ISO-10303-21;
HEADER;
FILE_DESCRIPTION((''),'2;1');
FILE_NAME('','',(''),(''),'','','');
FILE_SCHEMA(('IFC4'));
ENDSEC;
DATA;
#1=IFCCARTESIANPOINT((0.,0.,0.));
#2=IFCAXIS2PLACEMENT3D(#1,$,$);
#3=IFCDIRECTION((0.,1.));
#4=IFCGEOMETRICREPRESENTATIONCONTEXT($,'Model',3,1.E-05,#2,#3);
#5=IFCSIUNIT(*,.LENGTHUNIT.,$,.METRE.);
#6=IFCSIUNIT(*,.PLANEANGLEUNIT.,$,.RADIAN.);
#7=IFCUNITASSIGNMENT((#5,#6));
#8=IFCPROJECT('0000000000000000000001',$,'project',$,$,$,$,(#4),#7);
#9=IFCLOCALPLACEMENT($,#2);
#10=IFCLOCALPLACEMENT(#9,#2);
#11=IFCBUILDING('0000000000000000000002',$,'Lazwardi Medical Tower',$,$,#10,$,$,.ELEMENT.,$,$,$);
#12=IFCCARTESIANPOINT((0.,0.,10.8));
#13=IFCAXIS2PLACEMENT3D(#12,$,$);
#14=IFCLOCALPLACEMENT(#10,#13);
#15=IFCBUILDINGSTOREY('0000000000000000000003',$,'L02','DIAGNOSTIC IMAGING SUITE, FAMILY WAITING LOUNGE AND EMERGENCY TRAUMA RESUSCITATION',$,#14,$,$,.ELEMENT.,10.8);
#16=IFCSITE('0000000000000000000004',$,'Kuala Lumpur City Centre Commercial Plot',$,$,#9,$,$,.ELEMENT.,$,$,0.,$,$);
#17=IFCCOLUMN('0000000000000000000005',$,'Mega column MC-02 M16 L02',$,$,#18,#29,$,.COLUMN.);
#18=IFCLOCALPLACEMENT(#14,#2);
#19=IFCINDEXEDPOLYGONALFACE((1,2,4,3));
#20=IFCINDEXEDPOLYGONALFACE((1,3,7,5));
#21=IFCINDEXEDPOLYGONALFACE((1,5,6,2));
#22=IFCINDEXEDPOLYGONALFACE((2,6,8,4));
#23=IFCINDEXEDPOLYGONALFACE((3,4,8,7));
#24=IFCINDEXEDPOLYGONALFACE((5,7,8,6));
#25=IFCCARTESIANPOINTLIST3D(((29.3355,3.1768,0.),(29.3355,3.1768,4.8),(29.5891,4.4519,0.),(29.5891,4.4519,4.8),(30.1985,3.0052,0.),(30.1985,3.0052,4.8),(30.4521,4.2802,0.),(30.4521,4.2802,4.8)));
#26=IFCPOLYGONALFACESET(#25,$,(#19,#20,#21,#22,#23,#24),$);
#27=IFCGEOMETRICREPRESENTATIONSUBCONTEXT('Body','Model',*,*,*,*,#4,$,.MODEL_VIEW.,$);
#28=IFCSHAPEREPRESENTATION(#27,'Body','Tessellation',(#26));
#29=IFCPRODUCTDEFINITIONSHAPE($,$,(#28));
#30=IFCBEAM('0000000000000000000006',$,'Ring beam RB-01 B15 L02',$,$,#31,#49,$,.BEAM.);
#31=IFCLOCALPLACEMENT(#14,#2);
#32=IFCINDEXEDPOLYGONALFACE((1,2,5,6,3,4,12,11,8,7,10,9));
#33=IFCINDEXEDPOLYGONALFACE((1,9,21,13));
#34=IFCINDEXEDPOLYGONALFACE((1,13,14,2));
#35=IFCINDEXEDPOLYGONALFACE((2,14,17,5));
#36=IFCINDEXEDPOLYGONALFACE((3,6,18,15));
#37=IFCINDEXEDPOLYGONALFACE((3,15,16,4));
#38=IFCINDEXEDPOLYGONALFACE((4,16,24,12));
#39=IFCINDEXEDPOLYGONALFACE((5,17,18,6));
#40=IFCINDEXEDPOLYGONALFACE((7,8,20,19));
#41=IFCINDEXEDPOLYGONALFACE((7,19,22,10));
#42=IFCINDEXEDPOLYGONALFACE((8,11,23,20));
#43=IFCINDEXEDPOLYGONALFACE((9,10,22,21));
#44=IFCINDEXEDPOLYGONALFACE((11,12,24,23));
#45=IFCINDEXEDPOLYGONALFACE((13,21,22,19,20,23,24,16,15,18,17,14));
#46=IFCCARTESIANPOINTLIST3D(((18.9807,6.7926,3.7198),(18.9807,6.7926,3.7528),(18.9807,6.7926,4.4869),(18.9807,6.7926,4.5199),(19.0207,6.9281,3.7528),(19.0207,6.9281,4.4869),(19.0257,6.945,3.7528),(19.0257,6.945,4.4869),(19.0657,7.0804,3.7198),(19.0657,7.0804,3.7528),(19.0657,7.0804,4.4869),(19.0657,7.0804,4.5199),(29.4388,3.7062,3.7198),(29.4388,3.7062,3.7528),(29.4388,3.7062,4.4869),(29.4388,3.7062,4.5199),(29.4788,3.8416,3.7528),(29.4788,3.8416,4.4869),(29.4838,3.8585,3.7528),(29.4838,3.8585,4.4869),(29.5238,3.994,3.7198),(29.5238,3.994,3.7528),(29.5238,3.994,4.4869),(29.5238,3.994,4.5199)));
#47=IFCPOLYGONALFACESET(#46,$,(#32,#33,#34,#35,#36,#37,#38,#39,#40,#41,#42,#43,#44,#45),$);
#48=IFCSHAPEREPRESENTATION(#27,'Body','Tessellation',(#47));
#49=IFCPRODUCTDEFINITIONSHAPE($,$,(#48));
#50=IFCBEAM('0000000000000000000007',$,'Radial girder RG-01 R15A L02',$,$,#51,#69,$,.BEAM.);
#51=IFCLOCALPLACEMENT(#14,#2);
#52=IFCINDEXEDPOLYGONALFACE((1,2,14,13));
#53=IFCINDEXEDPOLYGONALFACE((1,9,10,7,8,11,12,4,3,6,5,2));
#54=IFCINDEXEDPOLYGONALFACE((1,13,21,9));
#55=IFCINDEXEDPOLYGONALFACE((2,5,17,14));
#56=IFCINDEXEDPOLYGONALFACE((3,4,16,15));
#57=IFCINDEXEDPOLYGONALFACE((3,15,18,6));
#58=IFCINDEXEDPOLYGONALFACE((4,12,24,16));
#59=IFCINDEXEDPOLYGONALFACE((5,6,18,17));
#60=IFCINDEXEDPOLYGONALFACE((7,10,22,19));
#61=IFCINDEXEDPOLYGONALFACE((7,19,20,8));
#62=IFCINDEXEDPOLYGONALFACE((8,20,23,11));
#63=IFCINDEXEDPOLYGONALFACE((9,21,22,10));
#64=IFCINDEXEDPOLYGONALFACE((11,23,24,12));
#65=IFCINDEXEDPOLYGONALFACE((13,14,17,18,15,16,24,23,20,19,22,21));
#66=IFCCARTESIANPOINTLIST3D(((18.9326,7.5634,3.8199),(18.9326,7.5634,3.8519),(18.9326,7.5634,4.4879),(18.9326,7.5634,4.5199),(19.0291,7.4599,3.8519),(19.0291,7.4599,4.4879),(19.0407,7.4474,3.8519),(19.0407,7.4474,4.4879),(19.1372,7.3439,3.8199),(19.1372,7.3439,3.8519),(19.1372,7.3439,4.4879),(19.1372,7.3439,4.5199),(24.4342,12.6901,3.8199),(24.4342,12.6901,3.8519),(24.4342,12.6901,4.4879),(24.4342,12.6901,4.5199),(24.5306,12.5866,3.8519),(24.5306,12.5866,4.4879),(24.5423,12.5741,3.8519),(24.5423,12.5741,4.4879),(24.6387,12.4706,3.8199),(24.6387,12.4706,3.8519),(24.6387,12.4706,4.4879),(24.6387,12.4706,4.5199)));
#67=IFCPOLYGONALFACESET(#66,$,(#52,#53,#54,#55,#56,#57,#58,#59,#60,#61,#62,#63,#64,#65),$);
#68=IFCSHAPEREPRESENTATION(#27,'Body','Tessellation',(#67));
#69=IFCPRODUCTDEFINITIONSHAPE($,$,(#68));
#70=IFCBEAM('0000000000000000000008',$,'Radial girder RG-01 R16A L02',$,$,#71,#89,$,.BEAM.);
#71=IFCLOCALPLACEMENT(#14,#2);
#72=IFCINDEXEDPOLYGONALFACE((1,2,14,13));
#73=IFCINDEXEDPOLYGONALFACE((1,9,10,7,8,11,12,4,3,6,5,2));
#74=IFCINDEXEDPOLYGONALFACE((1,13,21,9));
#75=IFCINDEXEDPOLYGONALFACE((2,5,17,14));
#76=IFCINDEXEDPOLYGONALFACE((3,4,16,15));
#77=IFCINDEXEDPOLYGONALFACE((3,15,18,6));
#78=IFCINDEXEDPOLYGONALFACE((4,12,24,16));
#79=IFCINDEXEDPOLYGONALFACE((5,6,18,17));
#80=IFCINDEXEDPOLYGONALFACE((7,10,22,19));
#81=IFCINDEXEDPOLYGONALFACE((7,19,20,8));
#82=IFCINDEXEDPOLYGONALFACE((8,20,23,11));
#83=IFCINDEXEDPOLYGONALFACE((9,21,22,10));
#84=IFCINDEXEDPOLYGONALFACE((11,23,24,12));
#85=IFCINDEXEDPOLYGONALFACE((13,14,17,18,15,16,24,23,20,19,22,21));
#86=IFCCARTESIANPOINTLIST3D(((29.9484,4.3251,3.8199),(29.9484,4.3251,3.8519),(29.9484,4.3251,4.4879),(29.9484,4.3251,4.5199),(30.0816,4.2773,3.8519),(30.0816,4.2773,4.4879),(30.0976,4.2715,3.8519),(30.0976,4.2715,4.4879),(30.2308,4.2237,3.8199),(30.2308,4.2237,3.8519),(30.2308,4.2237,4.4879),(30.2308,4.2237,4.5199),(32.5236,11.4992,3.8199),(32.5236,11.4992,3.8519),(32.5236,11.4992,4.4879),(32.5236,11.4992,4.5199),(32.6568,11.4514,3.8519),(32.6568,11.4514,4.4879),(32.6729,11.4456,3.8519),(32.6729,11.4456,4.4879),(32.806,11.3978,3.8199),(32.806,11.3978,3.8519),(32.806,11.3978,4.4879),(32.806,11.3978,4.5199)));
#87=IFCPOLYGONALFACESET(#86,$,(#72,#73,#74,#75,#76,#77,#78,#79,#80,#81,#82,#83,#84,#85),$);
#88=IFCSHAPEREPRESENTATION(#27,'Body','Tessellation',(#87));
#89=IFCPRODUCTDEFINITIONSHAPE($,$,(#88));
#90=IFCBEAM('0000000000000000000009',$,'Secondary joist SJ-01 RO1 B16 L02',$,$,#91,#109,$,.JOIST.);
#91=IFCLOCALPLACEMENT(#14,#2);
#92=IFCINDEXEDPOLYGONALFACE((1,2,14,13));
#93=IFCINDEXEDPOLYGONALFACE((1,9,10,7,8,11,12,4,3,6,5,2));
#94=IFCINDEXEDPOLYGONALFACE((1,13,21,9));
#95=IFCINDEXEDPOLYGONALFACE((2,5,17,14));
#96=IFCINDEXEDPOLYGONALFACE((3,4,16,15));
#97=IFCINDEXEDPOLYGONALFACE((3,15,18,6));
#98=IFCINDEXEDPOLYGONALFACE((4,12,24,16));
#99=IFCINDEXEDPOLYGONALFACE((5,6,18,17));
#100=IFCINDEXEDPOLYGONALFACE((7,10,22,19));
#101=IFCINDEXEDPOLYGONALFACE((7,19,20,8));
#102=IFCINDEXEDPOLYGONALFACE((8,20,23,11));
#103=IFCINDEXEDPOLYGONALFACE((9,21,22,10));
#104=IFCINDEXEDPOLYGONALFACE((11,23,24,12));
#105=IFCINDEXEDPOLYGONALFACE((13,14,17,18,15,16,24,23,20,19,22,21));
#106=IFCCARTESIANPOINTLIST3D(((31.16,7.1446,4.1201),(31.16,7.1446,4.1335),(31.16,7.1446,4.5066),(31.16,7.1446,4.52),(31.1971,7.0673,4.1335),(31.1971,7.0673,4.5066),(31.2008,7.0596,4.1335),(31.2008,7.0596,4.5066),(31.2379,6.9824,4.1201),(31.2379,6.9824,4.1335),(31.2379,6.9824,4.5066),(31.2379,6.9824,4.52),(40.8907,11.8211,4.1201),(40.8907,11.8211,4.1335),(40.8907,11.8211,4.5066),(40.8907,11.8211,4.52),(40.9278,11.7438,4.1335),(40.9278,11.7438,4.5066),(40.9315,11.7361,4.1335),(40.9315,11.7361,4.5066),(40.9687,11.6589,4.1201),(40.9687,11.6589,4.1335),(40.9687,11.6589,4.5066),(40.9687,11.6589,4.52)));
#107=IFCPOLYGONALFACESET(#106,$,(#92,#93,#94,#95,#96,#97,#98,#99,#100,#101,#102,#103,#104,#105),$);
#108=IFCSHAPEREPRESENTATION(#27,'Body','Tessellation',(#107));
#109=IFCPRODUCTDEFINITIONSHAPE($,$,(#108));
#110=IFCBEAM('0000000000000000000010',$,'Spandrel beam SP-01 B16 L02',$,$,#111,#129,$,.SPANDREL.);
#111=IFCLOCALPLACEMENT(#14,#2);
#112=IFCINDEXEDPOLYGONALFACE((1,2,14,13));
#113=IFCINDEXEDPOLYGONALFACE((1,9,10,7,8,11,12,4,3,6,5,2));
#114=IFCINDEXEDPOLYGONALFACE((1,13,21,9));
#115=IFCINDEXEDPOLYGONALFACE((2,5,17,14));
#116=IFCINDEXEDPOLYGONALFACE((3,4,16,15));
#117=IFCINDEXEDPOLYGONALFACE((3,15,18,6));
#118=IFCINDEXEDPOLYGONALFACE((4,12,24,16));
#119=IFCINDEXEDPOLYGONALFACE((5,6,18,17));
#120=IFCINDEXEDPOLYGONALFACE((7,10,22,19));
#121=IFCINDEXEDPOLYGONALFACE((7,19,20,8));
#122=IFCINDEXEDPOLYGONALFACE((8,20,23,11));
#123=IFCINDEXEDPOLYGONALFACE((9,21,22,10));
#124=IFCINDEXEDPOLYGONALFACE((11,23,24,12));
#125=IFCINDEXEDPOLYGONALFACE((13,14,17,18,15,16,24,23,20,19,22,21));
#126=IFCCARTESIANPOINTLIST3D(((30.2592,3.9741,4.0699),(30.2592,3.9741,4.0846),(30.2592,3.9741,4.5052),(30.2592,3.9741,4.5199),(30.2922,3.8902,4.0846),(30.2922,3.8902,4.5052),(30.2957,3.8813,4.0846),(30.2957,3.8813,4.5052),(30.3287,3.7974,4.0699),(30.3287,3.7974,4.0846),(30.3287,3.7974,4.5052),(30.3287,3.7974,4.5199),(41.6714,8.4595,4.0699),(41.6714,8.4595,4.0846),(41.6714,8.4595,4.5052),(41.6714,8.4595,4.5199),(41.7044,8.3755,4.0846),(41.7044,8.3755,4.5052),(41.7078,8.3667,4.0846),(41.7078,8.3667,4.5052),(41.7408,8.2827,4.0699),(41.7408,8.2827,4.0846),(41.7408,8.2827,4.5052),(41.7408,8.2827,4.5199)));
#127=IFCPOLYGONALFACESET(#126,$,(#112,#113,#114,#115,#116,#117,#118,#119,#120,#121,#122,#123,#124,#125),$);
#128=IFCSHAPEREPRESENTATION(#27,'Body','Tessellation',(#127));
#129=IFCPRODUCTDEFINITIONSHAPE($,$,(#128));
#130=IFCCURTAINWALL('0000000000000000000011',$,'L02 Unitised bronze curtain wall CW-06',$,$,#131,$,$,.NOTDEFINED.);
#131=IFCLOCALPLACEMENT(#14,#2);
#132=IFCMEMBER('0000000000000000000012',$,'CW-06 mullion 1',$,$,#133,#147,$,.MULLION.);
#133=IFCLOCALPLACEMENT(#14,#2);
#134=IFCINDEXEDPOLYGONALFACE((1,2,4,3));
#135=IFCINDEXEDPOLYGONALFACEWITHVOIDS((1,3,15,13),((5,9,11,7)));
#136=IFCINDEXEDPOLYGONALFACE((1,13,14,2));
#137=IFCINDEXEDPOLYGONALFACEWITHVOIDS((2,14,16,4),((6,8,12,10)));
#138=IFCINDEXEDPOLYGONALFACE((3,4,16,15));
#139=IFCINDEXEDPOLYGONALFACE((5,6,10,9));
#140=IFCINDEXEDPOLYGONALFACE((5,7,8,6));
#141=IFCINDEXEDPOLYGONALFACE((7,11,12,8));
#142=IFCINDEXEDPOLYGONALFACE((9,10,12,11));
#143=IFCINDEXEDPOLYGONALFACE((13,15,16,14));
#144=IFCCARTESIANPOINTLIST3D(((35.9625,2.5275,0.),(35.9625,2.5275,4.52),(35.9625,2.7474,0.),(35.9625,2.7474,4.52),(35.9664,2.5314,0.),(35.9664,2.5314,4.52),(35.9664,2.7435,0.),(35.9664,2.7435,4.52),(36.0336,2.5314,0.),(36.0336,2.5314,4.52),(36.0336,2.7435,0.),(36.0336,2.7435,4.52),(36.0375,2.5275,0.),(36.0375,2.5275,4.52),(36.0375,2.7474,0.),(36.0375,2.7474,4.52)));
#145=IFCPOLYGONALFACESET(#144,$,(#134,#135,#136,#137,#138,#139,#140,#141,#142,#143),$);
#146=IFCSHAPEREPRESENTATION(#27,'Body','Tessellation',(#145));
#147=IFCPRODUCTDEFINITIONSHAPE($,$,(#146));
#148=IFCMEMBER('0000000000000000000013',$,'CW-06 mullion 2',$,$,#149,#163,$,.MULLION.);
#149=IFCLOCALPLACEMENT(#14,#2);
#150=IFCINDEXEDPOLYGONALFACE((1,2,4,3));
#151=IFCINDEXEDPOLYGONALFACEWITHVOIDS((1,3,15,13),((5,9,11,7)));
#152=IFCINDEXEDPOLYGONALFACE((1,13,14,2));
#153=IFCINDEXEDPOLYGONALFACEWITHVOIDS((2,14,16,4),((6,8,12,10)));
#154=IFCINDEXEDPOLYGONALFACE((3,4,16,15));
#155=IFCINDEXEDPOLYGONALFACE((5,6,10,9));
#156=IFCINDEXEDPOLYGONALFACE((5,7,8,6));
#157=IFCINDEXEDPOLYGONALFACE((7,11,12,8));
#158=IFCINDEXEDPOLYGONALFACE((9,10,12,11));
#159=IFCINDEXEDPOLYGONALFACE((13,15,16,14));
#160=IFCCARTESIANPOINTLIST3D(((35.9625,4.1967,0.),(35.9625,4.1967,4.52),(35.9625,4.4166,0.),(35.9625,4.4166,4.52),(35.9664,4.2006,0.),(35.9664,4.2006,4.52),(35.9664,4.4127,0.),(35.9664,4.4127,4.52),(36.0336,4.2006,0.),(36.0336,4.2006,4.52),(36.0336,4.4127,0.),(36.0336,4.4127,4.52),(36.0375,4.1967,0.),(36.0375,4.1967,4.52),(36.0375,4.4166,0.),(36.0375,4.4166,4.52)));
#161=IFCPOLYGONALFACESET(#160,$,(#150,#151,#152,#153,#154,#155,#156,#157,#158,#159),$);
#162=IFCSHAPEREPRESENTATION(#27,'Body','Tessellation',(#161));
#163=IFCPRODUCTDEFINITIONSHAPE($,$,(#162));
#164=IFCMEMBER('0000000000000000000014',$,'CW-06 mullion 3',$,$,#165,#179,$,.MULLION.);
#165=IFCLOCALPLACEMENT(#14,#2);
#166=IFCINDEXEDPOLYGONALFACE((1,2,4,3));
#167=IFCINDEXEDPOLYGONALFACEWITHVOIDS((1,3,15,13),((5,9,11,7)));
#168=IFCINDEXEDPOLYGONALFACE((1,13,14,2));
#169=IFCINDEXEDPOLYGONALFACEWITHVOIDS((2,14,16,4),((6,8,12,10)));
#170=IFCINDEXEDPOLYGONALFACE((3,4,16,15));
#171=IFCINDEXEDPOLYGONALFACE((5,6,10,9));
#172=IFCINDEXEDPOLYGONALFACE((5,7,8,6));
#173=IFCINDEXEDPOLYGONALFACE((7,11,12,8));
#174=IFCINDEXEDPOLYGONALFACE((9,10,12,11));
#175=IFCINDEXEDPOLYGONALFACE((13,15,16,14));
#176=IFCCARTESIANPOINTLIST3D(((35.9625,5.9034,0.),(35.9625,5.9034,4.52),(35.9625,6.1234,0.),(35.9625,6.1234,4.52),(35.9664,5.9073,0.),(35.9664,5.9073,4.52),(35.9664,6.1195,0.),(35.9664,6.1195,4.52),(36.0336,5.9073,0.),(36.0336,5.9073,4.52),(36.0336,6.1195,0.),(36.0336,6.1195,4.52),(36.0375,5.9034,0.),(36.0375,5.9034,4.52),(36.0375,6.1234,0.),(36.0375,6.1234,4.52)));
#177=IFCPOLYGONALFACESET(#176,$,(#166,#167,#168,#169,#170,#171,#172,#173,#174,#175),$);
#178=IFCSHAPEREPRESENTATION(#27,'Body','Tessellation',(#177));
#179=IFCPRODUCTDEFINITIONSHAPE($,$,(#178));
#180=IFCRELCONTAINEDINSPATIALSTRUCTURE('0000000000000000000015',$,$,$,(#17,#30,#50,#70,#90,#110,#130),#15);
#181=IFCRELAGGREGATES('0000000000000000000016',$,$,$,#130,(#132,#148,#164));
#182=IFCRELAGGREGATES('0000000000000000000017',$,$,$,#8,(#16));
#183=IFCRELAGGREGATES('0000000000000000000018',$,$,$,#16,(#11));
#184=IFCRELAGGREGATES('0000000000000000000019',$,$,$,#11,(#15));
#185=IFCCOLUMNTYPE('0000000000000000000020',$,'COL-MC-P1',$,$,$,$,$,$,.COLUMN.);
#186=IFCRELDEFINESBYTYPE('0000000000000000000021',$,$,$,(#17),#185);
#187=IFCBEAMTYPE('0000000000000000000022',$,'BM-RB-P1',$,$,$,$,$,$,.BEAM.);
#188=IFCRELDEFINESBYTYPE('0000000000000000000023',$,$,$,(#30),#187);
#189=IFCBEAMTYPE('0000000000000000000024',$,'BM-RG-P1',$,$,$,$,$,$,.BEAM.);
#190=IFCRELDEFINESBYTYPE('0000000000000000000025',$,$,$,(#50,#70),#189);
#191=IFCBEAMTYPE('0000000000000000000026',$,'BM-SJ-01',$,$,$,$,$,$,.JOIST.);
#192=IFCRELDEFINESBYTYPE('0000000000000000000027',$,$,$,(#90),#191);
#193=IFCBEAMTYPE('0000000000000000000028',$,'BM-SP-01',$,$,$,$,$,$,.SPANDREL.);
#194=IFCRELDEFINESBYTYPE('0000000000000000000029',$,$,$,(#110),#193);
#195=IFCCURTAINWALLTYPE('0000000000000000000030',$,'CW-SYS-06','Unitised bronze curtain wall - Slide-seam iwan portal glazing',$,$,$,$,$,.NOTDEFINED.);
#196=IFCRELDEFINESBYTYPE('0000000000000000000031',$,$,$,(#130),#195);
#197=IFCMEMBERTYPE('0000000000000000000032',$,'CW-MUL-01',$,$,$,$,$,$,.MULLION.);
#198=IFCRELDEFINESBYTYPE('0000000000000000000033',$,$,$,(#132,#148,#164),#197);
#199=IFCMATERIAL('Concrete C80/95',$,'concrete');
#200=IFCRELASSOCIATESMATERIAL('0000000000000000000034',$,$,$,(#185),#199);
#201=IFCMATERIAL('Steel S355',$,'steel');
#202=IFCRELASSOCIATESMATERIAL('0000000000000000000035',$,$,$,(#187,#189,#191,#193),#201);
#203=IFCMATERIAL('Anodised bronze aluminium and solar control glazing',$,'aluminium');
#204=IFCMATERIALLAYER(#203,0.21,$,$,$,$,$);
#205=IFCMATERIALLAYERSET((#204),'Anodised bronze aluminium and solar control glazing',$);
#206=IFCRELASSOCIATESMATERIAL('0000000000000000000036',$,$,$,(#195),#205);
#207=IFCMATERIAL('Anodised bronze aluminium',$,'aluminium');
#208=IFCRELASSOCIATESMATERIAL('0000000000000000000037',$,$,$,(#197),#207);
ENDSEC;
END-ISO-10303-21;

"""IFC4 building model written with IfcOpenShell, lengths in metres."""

from ifc_helpers import new_model, si_unit, direction, frame, origin, origin_2d, place, context, subcontext, project, spatial, rectangle, hollow_rectangle, i_section, extrude, material, layer, layer_set, material_profile, profile_set, type_object, element, aggregate, save


model = new_model("IFC4")

# Units and contexts
model_context = context("Model", 3, precision=1e-05, world=origin(), true_north=direction((0.0, 1.0)))
body_context = subcontext(model_context, "Body", "Model", "MODEL_VIEW")
ifc_project = project(units=[si_unit("LENGTHUNIT", "METRE"), si_unit("PLANEANGLEUNIT", "RADIAN")], contexts=[model_context])

# Site, building, storey
site_placement = place(None, origin())
site = spatial("IfcSite", under=ifc_project, at=site_placement, Name="Kuala Lumpur City Centre Commercial Plot", CompositionType="ELEMENT", RefElevation=0.0)
building_placement = place(site_placement, origin())
building = spatial("IfcBuilding", under=site, at=building_placement, Name="Lazwardi Medical Tower", CompositionType="ELEMENT")
storey_placement = place(building_placement, frame((0.0, 0.0, 10.8)))
storey = spatial("IfcBuildingStorey", under=building, at=storey_placement, Name="L02", Description="DIAGNOSTIC IMAGING SUITE, FAMILY WAITING LOUNGE AND EMERGENCY TRAUMA RESUSCITATION", CompositionType="ELEMENT", Elevation=10.8)

# Column
ifc_material_1 = material(Name="Concrete C80/95", Category="concrete")
ifc_material_profile_1 = material_profile(ifc_material_1, rectangle(XDim=1.3, YDim=0.8799, at=origin_2d()), Name="CFT-RECT 1300x880")
ifc_profile_set_1 = profile_set([ifc_material_profile_1], Name="Concrete C80/95")
column_type = type_object("IfcColumnType", Name="COL-MC-P1", PredefinedType="COLUMN", material=ifc_profile_set_1)
column_placement = place(storey_placement, frame((29.8938, 3.7285, 0.0), z_axis=(0.0, 0.0, 1.0), x_axis=(-0.19509, -0.980785, 0.0)))
element("IfcColumn", 1, at=column_placement, inside=storey, type_object=column_type, Name="Mega column MC-02 M16 L02", PredefinedType="COLUMN", context=body_context, shape_type="SweptSolid", body=[
    extrude(rectangle(XDim=1.3, YDim=0.8799, at=origin_2d()), origin(), (0.0, 0.0, 1.0), 4.8),
])

# Beams
ifc_material_2 = material(Name="Steel S355", Category="steel")
ifc_material_profile_2 = material_profile(ifc_material_2, i_section(OverallWidth=0.3, OverallDepth=0.8, WebThickness=0.0176, FlangeThickness=0.033, at=origin_2d()), Name="HEB 800")
ifc_profile_set_2 = profile_set([ifc_material_profile_2], Name="Steel S355")
beam_type_1 = type_object("IfcBeamType", Name="BM-RB-P1", PredefinedType="BEAM", material=ifc_profile_set_2)
beam_1_placement = place(storey_placement, frame((19.0232, 6.9365, 4.1199), z_axis=(0.959103, -0.283056, 0.0), x_axis=(0.283056, 0.959103, 0.0)))
element("IfcBeam", 2, at=beam_1_placement, inside=storey, type_object=beam_type_1, Name="Ring beam RB-01 B15 L02", PredefinedType="BEAM", context=body_context, shape_type="SweptSolid", body=[
    extrude(i_section(OverallWidth=0.3, OverallDepth=0.8, WebThickness=0.0176, FlangeThickness=0.033, at=origin_2d()), origin(), (0.0, 0.0, 1.0), 10.9041),
])
ifc_material_profile_3 = material_profile(ifc_material_2, i_section(OverallWidth=0.3, OverallDepth=0.7, WebThickness=0.0171, FlangeThickness=0.032, at=origin_2d()), Name="HEB 700")
ifc_profile_set_3 = profile_set([ifc_material_profile_3], Name="Steel S355")
beam_type_2 = type_object("IfcBeamType", Name="BM-RG-P1", PredefinedType="BEAM", material=ifc_profile_set_3)
beam_2_placement = place(storey_placement, frame((19.0349, 7.4536, 4.1699), z_axis=(0.731585, 0.68175, 0.0), x_axis=(-0.68175, 0.731585, 0.0)))
element("IfcBeam", 3, at=beam_2_placement, inside=storey, type_object=beam_type_2, Name="Radial girder RG-01 R15A L02", PredefinedType="BEAM", context=body_context, shape_type="SweptSolid", body=[
    extrude(i_section(OverallWidth=0.3, OverallDepth=0.7, WebThickness=0.0171, FlangeThickness=0.032, at=origin_2d()), origin(), (0.0, 0.0, 1.0), 7.52),
])
beam_3_placement = place(storey_placement, frame((30.0896, 4.2744, 4.1699), z_axis=(0.337852, 0.941199, 0.0), x_axis=(-0.941199, 0.337852, 0.0)))
element("IfcBeam", 4, at=beam_3_placement, inside=storey, type_object=beam_type_2, Name="Radial girder RG-01 R16A L02", PredefinedType="BEAM", context=body_context, shape_type="SweptSolid", body=[
    extrude(i_section(OverallWidth=0.3, OverallDepth=0.7, WebThickness=0.0171, FlangeThickness=0.032, at=origin_2d()), origin(), (0.0, 0.0, 1.0), 7.6223),
])
ifc_material_profile_4 = material_profile(ifc_material_2, i_section(OverallWidth=0.1799, OverallDepth=0.3999, WebThickness=0.0085, FlangeThickness=0.0134, at=origin_2d()), Name="IPE 400")
ifc_profile_set_4 = profile_set([ifc_material_profile_4], Name="Steel S355")
beam_type_3 = type_object("IfcBeamType", Name="BM-SJ-01", PredefinedType="JOIST", material=ifc_profile_set_4)
beam_4_placement = place(storey_placement, frame((31.199, 7.0635, 4.3201), z_axis=(0.901314, 0.433166, 0.0), x_axis=(-0.433166, 0.901314, 0.0)))
element("IfcBeam", 5, at=beam_4_placement, inside=storey, type_object=beam_type_3, Name="Secondary joist SJ-01 RO1 B16 L02", PredefinedType="JOIST", context=body_context, shape_type="SweptSolid", body=[
    extrude(i_section(OverallWidth=0.1799, OverallDepth=0.3999, WebThickness=0.0085, FlangeThickness=0.0134, at=origin_2d()), origin(), (0.0, 0.0, 1.0), 10.7961),
])
ifc_material_profile_5 = material_profile(ifc_material_2, i_section(OverallWidth=0.1899, OverallDepth=0.45, WebThickness=0.0095, FlangeThickness=0.0146, at=origin_2d()), Name="IPE 450")
ifc_profile_set_5 = profile_set([ifc_material_profile_5], Name="Steel S355")
beam_type_4 = type_object("IfcBeamType", Name="BM-SP-01", PredefinedType="SPANDREL", material=ifc_profile_set_5)
beam_5_placement = place(storey_placement, frame((30.2939, 3.8857, 4.2949), z_axis=(0.930695, 0.365795, 0.0), x_axis=(-0.365795, 0.930695, 0.0)))
element("IfcBeam", 6, at=beam_5_placement, inside=storey, type_object=beam_type_4, Name="Spandrel beam SP-01 B16 L02", PredefinedType="SPANDREL", context=body_context, shape_type="SweptSolid", body=[
    extrude(i_section(OverallWidth=0.1899, OverallDepth=0.45, WebThickness=0.0095, FlangeThickness=0.0146, at=origin_2d()), origin(), (0.0, 0.0, 1.0), 12.262),
])

# Curtain wall, members
ifc_material_3 = material(Name="Anodised bronze aluminium and solar control glazing", Category="aluminium")
ifc_layer_1 = layer(ifc_material_3, 0.21)
ifc_layer_set_1 = layer_set([ifc_layer_1], Name="Anodised bronze aluminium and solar control glazing")
curtain_wall_type_1 = type_object("IfcCurtainWallType", Name="CW-SYS-06", Description="Unitised bronze curtain wall - Slide-seam iwan portal glazing", PredefinedType="NOTDEFINED", material=ifc_layer_set_1)
curtain_wall_1_placement = place(storey_placement, origin())
curtain_wall_1 = element("IfcCurtainWall", 7, at=curtain_wall_1_placement, inside=storey, type_object=curtain_wall_type_1, Name="L02 Unitised bronze curtain wall CW-06", PredefinedType="NOTDEFINED")
ifc_material_4 = material(Name="Anodised bronze aluminium", Category="aluminium")
ifc_material_profile_6 = material_profile(ifc_material_4, hollow_rectangle(XDim=0.075, YDim=0.22, WallThickness=0.0039, at=origin_2d()), Name="ALU-MULLION 220x75x4")
ifc_profile_set_6 = profile_set([ifc_material_profile_6], Name="Anodised bronze aluminium")
member_type_1 = type_object("IfcMemberType", Name="CW-MUL-01", PredefinedType="MULLION", material=ifc_profile_set_6)
member_1_placement = place(storey_placement, frame((36.0, 2.6375, 0.0), z_axis=(0.0, 0.0, 1.0), x_axis=(-1.0, 0.0, 0.0)))
member_1 = element("IfcMember", 8, at=member_1_placement, type_object=member_type_1, Name="CW-06 mullion 1", PredefinedType="MULLION", context=body_context, shape_type="SweptSolid", body=[
    extrude(hollow_rectangle(XDim=0.075, YDim=0.22, WallThickness=0.0039, at=origin_2d()), origin(), (0.0, 0.0, 1.0), 4.52),
])
member_2_placement = place(storey_placement, frame((36.0, 4.3066, 0.0), z_axis=(0.0, 0.0, 1.0), x_axis=(-1.0, 0.0, 0.0)))
member_2 = element("IfcMember", 9, at=member_2_placement, type_object=member_type_1, Name="CW-06 mullion 2", PredefinedType="MULLION", context=body_context, shape_type="SweptSolid", body=[
    extrude(hollow_rectangle(XDim=0.075, YDim=0.22, WallThickness=0.0039, at=origin_2d()), origin(), (0.0, 0.0, 1.0), 4.52),
])
member_3_placement = place(storey_placement, frame((36.0, 6.0134, 0.0), z_axis=(0.0, 0.0, 1.0), x_axis=(-1.0, 0.0, 0.0)))
member_3 = element("IfcMember", 10, at=member_3_placement, type_object=member_type_1, Name="CW-06 mullion 3", PredefinedType="MULLION", context=body_context, shape_type="SweptSolid", body=[
    extrude(hollow_rectangle(XDim=0.075, YDim=0.22, WallThickness=0.0039, at=origin_2d()), origin(), (0.0, 0.0, 1.0), 4.52),
])
aggregate(curtain_wall_1, [member_1, member_2, member_3])

save(model, "model.ifc")
